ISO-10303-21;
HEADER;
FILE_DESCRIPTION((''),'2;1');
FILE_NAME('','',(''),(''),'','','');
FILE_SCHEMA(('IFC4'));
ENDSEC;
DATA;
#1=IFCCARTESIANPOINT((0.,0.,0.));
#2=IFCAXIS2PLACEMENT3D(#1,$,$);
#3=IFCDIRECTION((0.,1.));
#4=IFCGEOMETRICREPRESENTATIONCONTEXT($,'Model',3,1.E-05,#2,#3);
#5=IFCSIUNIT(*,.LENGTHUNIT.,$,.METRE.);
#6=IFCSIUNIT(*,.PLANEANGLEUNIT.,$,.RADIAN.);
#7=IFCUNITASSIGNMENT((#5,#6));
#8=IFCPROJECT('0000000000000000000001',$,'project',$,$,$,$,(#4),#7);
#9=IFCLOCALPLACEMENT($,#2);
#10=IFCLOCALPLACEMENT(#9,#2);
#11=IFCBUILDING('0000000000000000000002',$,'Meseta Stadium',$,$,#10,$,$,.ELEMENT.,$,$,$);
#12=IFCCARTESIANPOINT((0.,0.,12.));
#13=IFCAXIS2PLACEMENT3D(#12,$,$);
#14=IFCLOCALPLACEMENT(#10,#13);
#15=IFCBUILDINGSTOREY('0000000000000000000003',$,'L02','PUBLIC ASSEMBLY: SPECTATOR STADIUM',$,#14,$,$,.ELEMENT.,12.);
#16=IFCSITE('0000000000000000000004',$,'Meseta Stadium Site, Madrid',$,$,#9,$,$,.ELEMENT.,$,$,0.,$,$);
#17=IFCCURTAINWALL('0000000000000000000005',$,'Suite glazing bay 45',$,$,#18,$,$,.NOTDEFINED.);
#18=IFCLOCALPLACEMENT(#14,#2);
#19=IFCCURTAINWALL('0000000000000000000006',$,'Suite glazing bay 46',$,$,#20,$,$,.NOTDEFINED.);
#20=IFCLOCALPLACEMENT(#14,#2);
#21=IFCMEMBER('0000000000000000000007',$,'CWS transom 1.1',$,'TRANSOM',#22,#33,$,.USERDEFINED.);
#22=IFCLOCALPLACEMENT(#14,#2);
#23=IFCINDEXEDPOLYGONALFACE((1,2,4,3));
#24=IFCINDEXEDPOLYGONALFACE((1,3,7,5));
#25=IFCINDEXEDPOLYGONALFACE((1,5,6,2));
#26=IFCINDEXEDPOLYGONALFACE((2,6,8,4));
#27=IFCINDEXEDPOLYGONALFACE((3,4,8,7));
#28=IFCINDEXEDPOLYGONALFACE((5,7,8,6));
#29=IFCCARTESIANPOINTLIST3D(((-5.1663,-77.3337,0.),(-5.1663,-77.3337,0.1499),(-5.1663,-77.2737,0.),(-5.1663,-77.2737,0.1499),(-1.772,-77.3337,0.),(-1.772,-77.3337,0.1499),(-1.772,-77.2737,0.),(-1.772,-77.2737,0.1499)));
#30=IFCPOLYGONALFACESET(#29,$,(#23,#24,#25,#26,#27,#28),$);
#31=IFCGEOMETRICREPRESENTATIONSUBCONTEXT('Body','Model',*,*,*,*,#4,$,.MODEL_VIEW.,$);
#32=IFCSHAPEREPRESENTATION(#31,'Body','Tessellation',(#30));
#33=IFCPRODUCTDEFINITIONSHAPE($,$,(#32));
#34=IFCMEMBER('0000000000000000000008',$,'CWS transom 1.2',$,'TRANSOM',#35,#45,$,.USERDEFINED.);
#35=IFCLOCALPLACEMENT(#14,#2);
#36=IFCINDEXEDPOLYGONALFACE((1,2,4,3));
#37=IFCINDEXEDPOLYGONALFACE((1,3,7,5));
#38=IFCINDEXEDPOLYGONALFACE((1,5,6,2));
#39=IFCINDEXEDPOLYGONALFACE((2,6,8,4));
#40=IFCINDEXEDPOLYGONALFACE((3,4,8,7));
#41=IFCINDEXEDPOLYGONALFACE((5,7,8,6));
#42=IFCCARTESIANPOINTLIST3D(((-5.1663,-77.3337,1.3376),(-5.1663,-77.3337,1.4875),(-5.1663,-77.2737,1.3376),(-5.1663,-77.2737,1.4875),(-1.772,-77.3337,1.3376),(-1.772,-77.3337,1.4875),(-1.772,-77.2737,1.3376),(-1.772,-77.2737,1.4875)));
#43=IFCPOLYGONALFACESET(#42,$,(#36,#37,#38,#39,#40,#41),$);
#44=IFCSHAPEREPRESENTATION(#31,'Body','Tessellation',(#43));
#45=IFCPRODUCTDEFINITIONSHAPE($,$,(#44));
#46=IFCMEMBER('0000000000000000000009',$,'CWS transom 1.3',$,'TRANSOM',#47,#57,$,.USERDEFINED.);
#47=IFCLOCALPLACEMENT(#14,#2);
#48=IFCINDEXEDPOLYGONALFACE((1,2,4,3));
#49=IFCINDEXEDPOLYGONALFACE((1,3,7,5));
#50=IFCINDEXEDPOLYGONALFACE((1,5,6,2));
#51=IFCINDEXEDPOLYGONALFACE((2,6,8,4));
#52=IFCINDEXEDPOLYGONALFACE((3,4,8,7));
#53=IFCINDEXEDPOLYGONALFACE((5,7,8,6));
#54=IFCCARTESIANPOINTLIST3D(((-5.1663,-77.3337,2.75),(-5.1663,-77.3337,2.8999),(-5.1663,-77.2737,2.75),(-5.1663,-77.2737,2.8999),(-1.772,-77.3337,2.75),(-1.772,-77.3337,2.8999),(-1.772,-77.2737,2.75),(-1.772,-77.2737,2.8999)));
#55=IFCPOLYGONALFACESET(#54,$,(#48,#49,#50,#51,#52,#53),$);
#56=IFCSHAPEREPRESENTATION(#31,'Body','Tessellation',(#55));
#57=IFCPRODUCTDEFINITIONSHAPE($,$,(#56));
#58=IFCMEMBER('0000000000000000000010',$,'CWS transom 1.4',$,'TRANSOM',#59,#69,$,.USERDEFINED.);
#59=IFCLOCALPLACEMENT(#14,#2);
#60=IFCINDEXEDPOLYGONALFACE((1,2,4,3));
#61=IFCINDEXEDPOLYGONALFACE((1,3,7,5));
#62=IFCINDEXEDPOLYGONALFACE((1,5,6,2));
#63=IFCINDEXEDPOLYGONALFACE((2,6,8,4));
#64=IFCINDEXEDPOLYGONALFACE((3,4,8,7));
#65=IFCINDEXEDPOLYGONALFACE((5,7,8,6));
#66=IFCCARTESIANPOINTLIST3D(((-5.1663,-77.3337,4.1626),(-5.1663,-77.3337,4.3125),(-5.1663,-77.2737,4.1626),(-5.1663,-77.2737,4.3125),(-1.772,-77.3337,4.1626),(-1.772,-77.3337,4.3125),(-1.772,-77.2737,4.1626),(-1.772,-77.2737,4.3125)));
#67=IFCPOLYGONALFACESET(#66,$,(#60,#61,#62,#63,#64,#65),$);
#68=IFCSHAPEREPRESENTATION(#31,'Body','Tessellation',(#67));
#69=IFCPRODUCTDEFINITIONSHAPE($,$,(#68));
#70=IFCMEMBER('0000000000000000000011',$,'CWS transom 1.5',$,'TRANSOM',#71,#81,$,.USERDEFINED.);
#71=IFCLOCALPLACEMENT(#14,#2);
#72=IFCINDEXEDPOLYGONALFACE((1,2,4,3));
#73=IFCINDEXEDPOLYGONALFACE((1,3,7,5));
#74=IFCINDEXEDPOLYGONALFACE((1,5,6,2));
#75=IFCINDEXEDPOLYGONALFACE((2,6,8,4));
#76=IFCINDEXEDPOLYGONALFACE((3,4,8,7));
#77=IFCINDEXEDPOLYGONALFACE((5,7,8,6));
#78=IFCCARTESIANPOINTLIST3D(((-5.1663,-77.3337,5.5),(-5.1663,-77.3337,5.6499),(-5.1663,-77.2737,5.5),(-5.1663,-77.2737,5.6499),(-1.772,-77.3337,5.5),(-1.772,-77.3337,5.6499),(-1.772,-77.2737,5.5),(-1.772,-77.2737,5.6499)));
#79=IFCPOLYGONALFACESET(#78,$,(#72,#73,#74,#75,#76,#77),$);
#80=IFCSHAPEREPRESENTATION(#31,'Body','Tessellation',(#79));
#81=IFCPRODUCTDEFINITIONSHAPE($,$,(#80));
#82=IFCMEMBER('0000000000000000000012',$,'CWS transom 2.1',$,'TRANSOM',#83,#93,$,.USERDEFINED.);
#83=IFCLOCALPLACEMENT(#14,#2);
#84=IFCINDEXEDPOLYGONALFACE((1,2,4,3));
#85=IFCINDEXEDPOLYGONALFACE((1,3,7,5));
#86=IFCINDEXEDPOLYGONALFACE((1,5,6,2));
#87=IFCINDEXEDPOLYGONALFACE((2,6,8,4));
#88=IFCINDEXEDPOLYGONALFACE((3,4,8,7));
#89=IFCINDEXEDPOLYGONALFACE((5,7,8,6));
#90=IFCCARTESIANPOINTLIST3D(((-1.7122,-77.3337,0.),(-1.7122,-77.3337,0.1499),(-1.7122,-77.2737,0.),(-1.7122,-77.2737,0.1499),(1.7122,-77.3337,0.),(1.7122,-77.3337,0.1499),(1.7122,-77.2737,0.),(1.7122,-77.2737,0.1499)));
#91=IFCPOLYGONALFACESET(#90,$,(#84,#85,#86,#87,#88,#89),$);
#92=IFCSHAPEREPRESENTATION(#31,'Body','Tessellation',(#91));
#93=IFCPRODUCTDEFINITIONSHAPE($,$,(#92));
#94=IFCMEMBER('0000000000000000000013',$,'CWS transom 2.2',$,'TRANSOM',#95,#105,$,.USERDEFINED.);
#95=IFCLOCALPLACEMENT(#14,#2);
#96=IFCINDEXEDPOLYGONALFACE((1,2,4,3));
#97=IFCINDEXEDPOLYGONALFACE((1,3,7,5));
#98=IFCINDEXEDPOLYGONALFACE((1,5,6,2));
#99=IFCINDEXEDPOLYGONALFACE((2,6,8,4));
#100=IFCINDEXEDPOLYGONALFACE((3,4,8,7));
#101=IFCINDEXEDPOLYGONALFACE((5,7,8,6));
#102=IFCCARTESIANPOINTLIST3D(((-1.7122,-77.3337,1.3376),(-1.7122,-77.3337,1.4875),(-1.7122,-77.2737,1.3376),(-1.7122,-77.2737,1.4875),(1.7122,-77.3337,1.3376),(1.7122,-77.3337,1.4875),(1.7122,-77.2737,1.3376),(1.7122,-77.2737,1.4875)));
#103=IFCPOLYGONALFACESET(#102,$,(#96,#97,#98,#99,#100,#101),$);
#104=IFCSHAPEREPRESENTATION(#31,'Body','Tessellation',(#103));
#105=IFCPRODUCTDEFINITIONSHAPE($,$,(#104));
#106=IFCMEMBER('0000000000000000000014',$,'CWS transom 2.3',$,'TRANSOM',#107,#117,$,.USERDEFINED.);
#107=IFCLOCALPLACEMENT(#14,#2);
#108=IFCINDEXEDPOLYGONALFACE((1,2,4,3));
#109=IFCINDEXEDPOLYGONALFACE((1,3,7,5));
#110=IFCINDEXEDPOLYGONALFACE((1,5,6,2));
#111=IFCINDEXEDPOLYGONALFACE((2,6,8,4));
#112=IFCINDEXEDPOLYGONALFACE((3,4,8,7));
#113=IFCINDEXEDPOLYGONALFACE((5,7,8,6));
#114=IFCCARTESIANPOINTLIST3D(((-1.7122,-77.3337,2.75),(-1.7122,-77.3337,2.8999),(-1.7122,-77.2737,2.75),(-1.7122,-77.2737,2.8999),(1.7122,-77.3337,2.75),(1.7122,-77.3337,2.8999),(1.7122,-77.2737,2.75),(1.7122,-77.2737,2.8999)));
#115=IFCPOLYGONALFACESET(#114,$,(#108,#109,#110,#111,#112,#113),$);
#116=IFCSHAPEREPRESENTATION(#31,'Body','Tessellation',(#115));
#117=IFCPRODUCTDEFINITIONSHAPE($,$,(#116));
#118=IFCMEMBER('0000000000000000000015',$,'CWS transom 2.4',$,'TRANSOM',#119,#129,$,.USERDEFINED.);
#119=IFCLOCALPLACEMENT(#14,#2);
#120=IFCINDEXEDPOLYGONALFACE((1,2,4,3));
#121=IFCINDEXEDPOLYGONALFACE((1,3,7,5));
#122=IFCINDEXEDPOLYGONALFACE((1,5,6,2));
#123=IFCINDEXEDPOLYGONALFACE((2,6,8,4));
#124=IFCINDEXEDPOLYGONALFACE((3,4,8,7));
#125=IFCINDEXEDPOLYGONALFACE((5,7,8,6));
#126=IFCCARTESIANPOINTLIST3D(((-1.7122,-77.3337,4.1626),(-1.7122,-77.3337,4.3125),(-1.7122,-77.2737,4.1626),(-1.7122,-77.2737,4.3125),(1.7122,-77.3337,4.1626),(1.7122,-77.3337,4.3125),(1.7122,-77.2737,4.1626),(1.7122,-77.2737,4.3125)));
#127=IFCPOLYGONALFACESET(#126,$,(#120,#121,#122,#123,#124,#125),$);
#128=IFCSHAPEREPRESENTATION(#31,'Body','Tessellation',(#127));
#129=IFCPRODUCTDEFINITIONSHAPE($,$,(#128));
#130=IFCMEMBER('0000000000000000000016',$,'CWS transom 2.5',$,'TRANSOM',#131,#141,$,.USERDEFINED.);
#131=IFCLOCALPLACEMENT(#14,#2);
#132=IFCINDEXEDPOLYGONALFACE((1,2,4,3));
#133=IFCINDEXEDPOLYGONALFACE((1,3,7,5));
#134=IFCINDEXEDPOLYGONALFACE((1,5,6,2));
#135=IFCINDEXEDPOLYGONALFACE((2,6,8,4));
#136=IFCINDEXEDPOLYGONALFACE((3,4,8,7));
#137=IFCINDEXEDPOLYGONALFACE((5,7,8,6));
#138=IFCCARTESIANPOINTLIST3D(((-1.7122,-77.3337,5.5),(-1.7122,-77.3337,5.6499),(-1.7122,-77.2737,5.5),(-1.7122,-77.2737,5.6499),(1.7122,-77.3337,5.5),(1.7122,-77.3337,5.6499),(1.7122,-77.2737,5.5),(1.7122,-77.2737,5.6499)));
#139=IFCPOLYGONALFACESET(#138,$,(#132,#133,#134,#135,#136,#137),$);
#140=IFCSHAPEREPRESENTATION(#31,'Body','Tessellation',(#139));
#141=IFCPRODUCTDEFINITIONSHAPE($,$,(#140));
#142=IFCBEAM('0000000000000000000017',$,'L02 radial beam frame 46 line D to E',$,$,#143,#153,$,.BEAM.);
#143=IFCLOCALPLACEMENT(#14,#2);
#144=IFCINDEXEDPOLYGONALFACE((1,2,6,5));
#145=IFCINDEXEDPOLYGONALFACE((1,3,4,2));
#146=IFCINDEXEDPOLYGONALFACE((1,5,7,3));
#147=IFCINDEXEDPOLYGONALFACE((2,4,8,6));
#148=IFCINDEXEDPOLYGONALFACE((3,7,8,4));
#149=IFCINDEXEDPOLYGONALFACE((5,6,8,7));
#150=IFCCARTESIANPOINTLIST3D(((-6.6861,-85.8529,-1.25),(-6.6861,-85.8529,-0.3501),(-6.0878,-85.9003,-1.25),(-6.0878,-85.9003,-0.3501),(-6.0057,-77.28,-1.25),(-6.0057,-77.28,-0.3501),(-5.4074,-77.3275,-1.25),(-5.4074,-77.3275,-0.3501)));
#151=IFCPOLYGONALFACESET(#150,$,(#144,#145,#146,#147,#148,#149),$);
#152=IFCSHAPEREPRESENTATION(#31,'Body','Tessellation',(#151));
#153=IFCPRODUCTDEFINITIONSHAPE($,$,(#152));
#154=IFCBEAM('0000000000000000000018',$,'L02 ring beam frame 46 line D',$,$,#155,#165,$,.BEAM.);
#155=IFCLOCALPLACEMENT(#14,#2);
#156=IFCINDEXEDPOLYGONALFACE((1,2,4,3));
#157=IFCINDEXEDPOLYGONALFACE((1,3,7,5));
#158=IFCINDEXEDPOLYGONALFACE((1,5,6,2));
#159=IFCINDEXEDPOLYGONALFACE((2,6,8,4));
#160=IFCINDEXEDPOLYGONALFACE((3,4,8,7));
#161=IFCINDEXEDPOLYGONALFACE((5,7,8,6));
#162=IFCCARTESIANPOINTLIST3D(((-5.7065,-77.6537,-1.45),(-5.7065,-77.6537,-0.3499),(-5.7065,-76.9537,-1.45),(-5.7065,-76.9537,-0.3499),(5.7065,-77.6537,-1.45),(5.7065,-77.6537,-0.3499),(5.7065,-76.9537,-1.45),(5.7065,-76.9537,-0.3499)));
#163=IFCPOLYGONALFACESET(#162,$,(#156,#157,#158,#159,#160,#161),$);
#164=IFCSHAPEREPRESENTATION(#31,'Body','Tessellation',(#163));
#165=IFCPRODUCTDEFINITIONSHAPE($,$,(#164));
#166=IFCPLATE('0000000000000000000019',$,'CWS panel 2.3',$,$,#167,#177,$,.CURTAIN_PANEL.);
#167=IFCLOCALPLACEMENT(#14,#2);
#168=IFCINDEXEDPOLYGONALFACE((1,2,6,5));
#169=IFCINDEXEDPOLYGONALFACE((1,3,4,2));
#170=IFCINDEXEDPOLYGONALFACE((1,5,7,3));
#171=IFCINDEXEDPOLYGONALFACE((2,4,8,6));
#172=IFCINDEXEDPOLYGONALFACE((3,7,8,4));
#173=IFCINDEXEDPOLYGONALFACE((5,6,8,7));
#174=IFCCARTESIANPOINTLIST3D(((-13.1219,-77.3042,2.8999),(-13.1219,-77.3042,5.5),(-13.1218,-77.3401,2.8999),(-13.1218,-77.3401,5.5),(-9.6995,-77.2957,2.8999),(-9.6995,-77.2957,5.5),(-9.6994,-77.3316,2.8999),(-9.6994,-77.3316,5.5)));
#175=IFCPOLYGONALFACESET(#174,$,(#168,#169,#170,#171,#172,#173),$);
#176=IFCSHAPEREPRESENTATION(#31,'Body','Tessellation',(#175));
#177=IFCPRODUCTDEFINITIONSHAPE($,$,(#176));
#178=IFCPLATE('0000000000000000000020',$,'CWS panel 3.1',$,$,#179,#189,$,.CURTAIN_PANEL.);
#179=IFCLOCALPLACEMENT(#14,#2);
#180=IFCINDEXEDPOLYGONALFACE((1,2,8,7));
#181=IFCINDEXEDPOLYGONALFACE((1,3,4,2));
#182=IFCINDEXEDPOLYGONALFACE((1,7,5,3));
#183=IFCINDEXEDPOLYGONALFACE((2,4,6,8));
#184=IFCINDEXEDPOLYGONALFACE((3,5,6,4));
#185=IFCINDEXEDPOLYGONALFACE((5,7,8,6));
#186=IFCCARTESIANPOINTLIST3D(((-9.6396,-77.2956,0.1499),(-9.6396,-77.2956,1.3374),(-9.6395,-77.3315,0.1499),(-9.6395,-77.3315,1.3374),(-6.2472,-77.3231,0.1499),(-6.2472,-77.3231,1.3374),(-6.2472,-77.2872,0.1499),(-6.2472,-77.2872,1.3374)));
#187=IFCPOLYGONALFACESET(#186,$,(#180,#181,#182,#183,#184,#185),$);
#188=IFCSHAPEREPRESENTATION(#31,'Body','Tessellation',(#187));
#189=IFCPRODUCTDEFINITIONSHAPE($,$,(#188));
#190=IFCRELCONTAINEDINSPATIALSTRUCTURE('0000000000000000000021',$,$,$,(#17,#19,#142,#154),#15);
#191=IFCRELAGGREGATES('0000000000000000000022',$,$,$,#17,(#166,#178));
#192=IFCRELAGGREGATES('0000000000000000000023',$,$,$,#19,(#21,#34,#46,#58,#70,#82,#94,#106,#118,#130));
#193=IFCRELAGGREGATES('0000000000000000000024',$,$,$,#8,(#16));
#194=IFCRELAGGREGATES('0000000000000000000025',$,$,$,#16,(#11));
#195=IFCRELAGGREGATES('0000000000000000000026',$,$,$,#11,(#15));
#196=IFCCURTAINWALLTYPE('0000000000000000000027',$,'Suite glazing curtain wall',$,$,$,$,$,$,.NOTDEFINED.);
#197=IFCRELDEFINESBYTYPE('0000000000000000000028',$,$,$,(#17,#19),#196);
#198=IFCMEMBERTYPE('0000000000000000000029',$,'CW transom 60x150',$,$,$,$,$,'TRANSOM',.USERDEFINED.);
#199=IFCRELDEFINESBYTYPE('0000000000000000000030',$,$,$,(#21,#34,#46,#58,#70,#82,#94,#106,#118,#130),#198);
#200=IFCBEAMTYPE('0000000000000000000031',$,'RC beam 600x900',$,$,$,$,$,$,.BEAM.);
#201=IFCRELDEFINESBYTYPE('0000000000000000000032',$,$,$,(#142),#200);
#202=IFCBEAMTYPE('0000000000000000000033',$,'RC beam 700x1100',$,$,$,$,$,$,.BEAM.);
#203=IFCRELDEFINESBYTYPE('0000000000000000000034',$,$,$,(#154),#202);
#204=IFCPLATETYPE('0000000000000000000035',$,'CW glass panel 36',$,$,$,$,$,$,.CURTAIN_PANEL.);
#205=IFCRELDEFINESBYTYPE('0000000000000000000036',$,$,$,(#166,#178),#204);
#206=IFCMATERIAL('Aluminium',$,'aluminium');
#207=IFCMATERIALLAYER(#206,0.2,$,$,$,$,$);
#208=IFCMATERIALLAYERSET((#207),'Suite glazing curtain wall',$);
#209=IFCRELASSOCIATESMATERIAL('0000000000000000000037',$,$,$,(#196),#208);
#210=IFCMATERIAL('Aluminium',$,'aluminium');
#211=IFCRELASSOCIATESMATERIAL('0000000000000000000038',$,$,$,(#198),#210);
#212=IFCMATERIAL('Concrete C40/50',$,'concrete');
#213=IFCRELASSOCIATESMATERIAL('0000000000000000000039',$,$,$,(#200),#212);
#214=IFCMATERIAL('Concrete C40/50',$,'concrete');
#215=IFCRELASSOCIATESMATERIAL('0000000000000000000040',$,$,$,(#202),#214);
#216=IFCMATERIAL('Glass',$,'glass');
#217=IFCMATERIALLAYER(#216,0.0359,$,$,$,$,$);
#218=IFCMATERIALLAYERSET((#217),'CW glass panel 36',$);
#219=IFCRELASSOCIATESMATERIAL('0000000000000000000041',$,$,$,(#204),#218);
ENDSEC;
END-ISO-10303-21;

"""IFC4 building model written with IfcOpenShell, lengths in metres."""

from ifc_helpers import new_model, si_unit, direction, frame, origin, origin_2d, place, context, subcontext, project, spatial, rectangle, extrude, material, layer, layer_set, material_profile, profile_set, type_object, element, aggregate, save


model = new_model("IFC4")

# Units and contexts
model_context = context("Model", 3, precision=1e-05, world=origin(), true_north=direction((0.0, 1.0)))
body_context = subcontext(model_context, "Body", "Model", "MODEL_VIEW")
ifc_project = project(units=[si_unit("LENGTHUNIT", "METRE"), si_unit("PLANEANGLEUNIT", "RADIAN")], contexts=[model_context])

# Site, building, storey
site_placement = place(None, origin())
site = spatial("IfcSite", under=ifc_project, at=site_placement, Name="Meseta Stadium Site, Madrid", CompositionType="ELEMENT", RefElevation=0.0)
building_placement = place(site_placement, origin())
building = spatial("IfcBuilding", under=site, at=building_placement, Name="Meseta Stadium", CompositionType="ELEMENT")
storey_placement = place(building_placement, frame((0.0, 0.0, 12.0)))
storey = spatial("IfcBuildingStorey", under=building, at=storey_placement, Name="L02", Description="PUBLIC ASSEMBLY: SPECTATOR STADIUM", CompositionType="ELEMENT", Elevation=12.0)

# Curtain walls
ifc_material_1 = material(Name="Aluminium", Category="aluminium")
ifc_layer_1 = layer(ifc_material_1, 0.2)
ifc_layer_set_1 = layer_set([ifc_layer_1], Name="Suite glazing curtain wall")
curtain_wall_type = type_object("IfcCurtainWallType", Name="Suite glazing curtain wall", PredefinedType="NOTDEFINED", material=ifc_layer_set_1)
curtain_wall_1_placement = place(storey_placement, origin())
curtain_wall_1 = element("IfcCurtainWall", 1, at=curtain_wall_1_placement, inside=storey, type_object=curtain_wall_type, Name="Suite glazing bay 45", PredefinedType="NOTDEFINED")
curtain_wall_2_placement = place(storey_placement, origin())
curtain_wall_2 = element("IfcCurtainWall", 2, at=curtain_wall_2_placement, inside=storey, type_object=curtain_wall_type, Name="Suite glazing bay 46", PredefinedType="NOTDEFINED")

# Members
ifc_material_2 = material(Name="Aluminium", Category="aluminium")
ifc_material_profile_1 = material_profile(ifc_material_2, rectangle(XDim=0.0601, YDim=0.1499, at=origin_2d()), Name="CW 60x150")
ifc_profile_set_1 = profile_set([ifc_material_profile_1], Name="Aluminium")
member_type_1 = type_object("IfcMemberType", Name="CW transom 60x150", ElementType="TRANSOM", PredefinedType="USERDEFINED", material=ifc_profile_set_1)
member_1_placement = place(storey_placement, frame((-5.1663, -77.3037, 0.075), z_axis=(1.0, 0.0, 0.0), x_axis=(0.0, 1.0, 0.0)))
member_1 = element("IfcMember", 3, at=member_1_placement, type_object=member_type_1, Name="CWS transom 1.1", ObjectType="TRANSOM", PredefinedType="USERDEFINED", context=body_context, shape_type="SweptSolid", body=[
    extrude(rectangle(XDim=0.0601, YDim=0.1499, at=origin_2d()), origin(), (0.0, 0.0, 1.0), 3.3943),
])
member_2_placement = place(storey_placement, frame((-5.1663, -77.3037, 1.4126), z_axis=(1.0, 0.0, 0.0), x_axis=(0.0, 1.0, 0.0)))
member_2 = element("IfcMember", 4, at=member_2_placement, type_object=member_type_1, Name="CWS transom 1.2", ObjectType="TRANSOM", PredefinedType="USERDEFINED", context=body_context, shape_type="SweptSolid", body=[
    extrude(rectangle(XDim=0.0601, YDim=0.1499, at=origin_2d()), origin(), (0.0, 0.0, 1.0), 3.3943),
])
member_3_placement = place(storey_placement, frame((-5.1663, -77.3037, 2.825), z_axis=(1.0, 0.0, 0.0), x_axis=(0.0, 1.0, 0.0)))
member_3 = element("IfcMember", 5, at=member_3_placement, type_object=member_type_1, Name="CWS transom 1.3", ObjectType="TRANSOM", PredefinedType="USERDEFINED", context=body_context, shape_type="SweptSolid", body=[
    extrude(rectangle(XDim=0.0601, YDim=0.1499, at=origin_2d()), origin(), (0.0, 0.0, 1.0), 3.3943),
])
member_4_placement = place(storey_placement, frame((-5.1663, -77.3037, 4.2375), z_axis=(1.0, 0.0, 0.0), x_axis=(0.0, 1.0, 0.0)))
member_4 = element("IfcMember", 6, at=member_4_placement, type_object=member_type_1, Name="CWS transom 1.4", ObjectType="TRANSOM", PredefinedType="USERDEFINED", context=body_context, shape_type="SweptSolid", body=[
    extrude(rectangle(XDim=0.0601, YDim=0.1499, at=origin_2d()), origin(), (0.0, 0.0, 1.0), 3.3943),
])
member_5_placement = place(storey_placement, frame((-5.1663, -77.3037, 5.575), z_axis=(1.0, 0.0, 0.0), x_axis=(0.0, 1.0, 0.0)))
member_5 = element("IfcMember", 7, at=member_5_placement, type_object=member_type_1, Name="CWS transom 1.5", ObjectType="TRANSOM", PredefinedType="USERDEFINED", context=body_context, shape_type="SweptSolid", body=[
    extrude(rectangle(XDim=0.0601, YDim=0.1499, at=origin_2d()), origin(), (0.0, 0.0, 1.0), 3.3943),
])
member_6_placement = place(storey_placement, frame((-1.7122, -77.3037, 0.075), z_axis=(1.0, 0.0, 0.0), x_axis=(0.0, 1.0, 0.0)))
member_6 = element("IfcMember", 8, at=member_6_placement, type_object=member_type_1, Name="CWS transom 2.1", ObjectType="TRANSOM", PredefinedType="USERDEFINED", context=body_context, shape_type="SweptSolid", body=[
    extrude(rectangle(XDim=0.0601, YDim=0.1499, at=origin_2d()), origin(), (0.0, 0.0, 1.0), 3.4243),
])
member_7_placement = place(storey_placement, frame((-1.7122, -77.3037, 1.4126), z_axis=(1.0, 0.0, 0.0), x_axis=(0.0, 1.0, 0.0)))
member_7 = element("IfcMember", 9, at=member_7_placement, type_object=member_type_1, Name="CWS transom 2.2", ObjectType="TRANSOM", PredefinedType="USERDEFINED", context=body_context, shape_type="SweptSolid", body=[
    extrude(rectangle(XDim=0.0601, YDim=0.1499, at=origin_2d()), origin(), (0.0, 0.0, 1.0), 3.4243),
])
member_8_placement = place(storey_placement, frame((-1.7122, -77.3037, 2.825), z_axis=(1.0, 0.0, 0.0), x_axis=(0.0, 1.0, 0.0)))
member_8 = element("IfcMember", 10, at=member_8_placement, type_object=member_type_1, Name="CWS transom 2.3", ObjectType="TRANSOM", PredefinedType="USERDEFINED", context=body_context, shape_type="SweptSolid", body=[
    extrude(rectangle(XDim=0.0601, YDim=0.1499, at=origin_2d()), origin(), (0.0, 0.0, 1.0), 3.4243),
])
member_9_placement = place(storey_placement, frame((-1.7122, -77.3037, 4.2375), z_axis=(1.0, 0.0, 0.0), x_axis=(0.0, 1.0, 0.0)))
member_9 = element("IfcMember", 11, at=member_9_placement, type_object=member_type_1, Name="CWS transom 2.4", ObjectType="TRANSOM", PredefinedType="USERDEFINED", context=body_context, shape_type="SweptSolid", body=[
    extrude(rectangle(XDim=0.0601, YDim=0.1499, at=origin_2d()), origin(), (0.0, 0.0, 1.0), 3.4243),
])
member_10_placement = place(storey_placement, frame((-1.7122, -77.3037, 5.575), z_axis=(1.0, 0.0, 0.0), x_axis=(0.0, 1.0, 0.0)))
member_10 = element("IfcMember", 12, at=member_10_placement, type_object=member_type_1, Name="CWS transom 2.5", ObjectType="TRANSOM", PredefinedType="USERDEFINED", context=body_context, shape_type="SweptSolid", body=[
    extrude(rectangle(XDim=0.0601, YDim=0.1499, at=origin_2d()), origin(), (0.0, 0.0, 1.0), 3.4243),
])

# Beams
ifc_material_3 = material(Name="Concrete C40/50", Category="concrete")
ifc_material_profile_2 = material_profile(ifc_material_3, rectangle(XDim=0.6001, YDim=0.8999, at=origin_2d()), Name="RC 600x900")
ifc_profile_set_2 = profile_set([ifc_material_profile_2], Name="Concrete C40/50")
beam_type_1 = type_object("IfcBeamType", Name="RC beam 600x900", PredefinedType="BEAM", material=ifc_profile_set_2)
beam_1_placement = place(storey_placement, frame((-5.7065, -77.3037, -0.8), z_axis=(-0.079119, -0.996865, 0.0), x_axis=(0.996865, -0.079119, 0.0)))
element("IfcBeam", 13, at=beam_1_placement, inside=storey, type_object=beam_type_1, Name="L02 radial beam frame 46 line D to E", PredefinedType="BEAM", context=body_context, shape_type="SweptSolid", body=[
    extrude(rectangle(XDim=0.6001, YDim=0.8999, at=origin_2d()), origin(), (0.0, 0.0, 1.0), 8.5999),
])
ifc_material_4 = material(Name="Concrete C40/50", Category="concrete")
ifc_material_profile_3 = material_profile(ifc_material_4, rectangle(XDim=0.7, YDim=1.1001, at=origin_2d()), Name="RC 700x1100")
ifc_profile_set_3 = profile_set([ifc_material_profile_3], Name="Concrete C40/50")
beam_type_2 = type_object("IfcBeamType", Name="RC beam 700x1100", PredefinedType="BEAM", material=ifc_profile_set_3)
beam_2_placement = place(storey_placement, frame((-5.7065, -77.3037, -0.8999), z_axis=(1.0, 0.0, 0.0), x_axis=(0.0, 1.0, 0.0)))
element("IfcBeam", 14, at=beam_2_placement, inside=storey, type_object=beam_type_2, Name="L02 ring beam frame 46 line D", PredefinedType="BEAM", context=body_context, shape_type="SweptSolid", body=[
    extrude(rectangle(XDim=0.7, YDim=1.1001, at=origin_2d()), origin(), (0.0, 0.0, 1.0), 11.4131),
])

# Plates
ifc_material_5 = material(Name="Glass", Category="glass")
ifc_layer_2 = layer(ifc_material_5, 0.0359)
ifc_layer_set_2 = layer_set([ifc_layer_2], Name="CW glass panel 36")
plate_type = type_object("IfcPlateType", Name="CW glass panel 36", PredefinedType="CURTAIN_PANEL", material=ifc_layer_set_2)
plate_1_placement = place(storey_placement, frame((-11.4106, -77.3179, 2.8999), z_axis=(0.0, 0.0, 1.0), x_axis=(0.999997, 0.002486, 0.0)))
plate_1 = element("IfcPlate", 15, at=plate_1_placement, type_object=plate_type, Name="CWS panel 2.3", PredefinedType="CURTAIN_PANEL", context=body_context, shape_type="SweptSolid", body=[
    extrude(rectangle(XDim=3.4224, YDim=0.0359, at=origin_2d()), origin(), (0.0, 0.0, 1.0), 2.6001),
])
plate_2_placement = place(storey_placement, frame((-7.9434, -77.3093, 0.1499), z_axis=(0.0, 0.0, 1.0), x_axis=(0.999997, 0.002486, 0.0)))
plate_2 = element("IfcPlate", 16, at=plate_2_placement, type_object=plate_type, Name="CWS panel 3.1", PredefinedType="CURTAIN_PANEL", context=body_context, shape_type="SweptSolid", body=[
    extrude(rectangle(XDim=3.3923, YDim=0.0359, at=origin_2d()), origin(), (0.0, 0.0, 1.0), 1.1875),
])
aggregate(curtain_wall_1, [plate_1, plate_2])
aggregate(curtain_wall_2, [member_1, member_2, member_3, member_4, member_5, member_6, member_7, member_8, member_9, member_10])

save(model, "model.ifc")
